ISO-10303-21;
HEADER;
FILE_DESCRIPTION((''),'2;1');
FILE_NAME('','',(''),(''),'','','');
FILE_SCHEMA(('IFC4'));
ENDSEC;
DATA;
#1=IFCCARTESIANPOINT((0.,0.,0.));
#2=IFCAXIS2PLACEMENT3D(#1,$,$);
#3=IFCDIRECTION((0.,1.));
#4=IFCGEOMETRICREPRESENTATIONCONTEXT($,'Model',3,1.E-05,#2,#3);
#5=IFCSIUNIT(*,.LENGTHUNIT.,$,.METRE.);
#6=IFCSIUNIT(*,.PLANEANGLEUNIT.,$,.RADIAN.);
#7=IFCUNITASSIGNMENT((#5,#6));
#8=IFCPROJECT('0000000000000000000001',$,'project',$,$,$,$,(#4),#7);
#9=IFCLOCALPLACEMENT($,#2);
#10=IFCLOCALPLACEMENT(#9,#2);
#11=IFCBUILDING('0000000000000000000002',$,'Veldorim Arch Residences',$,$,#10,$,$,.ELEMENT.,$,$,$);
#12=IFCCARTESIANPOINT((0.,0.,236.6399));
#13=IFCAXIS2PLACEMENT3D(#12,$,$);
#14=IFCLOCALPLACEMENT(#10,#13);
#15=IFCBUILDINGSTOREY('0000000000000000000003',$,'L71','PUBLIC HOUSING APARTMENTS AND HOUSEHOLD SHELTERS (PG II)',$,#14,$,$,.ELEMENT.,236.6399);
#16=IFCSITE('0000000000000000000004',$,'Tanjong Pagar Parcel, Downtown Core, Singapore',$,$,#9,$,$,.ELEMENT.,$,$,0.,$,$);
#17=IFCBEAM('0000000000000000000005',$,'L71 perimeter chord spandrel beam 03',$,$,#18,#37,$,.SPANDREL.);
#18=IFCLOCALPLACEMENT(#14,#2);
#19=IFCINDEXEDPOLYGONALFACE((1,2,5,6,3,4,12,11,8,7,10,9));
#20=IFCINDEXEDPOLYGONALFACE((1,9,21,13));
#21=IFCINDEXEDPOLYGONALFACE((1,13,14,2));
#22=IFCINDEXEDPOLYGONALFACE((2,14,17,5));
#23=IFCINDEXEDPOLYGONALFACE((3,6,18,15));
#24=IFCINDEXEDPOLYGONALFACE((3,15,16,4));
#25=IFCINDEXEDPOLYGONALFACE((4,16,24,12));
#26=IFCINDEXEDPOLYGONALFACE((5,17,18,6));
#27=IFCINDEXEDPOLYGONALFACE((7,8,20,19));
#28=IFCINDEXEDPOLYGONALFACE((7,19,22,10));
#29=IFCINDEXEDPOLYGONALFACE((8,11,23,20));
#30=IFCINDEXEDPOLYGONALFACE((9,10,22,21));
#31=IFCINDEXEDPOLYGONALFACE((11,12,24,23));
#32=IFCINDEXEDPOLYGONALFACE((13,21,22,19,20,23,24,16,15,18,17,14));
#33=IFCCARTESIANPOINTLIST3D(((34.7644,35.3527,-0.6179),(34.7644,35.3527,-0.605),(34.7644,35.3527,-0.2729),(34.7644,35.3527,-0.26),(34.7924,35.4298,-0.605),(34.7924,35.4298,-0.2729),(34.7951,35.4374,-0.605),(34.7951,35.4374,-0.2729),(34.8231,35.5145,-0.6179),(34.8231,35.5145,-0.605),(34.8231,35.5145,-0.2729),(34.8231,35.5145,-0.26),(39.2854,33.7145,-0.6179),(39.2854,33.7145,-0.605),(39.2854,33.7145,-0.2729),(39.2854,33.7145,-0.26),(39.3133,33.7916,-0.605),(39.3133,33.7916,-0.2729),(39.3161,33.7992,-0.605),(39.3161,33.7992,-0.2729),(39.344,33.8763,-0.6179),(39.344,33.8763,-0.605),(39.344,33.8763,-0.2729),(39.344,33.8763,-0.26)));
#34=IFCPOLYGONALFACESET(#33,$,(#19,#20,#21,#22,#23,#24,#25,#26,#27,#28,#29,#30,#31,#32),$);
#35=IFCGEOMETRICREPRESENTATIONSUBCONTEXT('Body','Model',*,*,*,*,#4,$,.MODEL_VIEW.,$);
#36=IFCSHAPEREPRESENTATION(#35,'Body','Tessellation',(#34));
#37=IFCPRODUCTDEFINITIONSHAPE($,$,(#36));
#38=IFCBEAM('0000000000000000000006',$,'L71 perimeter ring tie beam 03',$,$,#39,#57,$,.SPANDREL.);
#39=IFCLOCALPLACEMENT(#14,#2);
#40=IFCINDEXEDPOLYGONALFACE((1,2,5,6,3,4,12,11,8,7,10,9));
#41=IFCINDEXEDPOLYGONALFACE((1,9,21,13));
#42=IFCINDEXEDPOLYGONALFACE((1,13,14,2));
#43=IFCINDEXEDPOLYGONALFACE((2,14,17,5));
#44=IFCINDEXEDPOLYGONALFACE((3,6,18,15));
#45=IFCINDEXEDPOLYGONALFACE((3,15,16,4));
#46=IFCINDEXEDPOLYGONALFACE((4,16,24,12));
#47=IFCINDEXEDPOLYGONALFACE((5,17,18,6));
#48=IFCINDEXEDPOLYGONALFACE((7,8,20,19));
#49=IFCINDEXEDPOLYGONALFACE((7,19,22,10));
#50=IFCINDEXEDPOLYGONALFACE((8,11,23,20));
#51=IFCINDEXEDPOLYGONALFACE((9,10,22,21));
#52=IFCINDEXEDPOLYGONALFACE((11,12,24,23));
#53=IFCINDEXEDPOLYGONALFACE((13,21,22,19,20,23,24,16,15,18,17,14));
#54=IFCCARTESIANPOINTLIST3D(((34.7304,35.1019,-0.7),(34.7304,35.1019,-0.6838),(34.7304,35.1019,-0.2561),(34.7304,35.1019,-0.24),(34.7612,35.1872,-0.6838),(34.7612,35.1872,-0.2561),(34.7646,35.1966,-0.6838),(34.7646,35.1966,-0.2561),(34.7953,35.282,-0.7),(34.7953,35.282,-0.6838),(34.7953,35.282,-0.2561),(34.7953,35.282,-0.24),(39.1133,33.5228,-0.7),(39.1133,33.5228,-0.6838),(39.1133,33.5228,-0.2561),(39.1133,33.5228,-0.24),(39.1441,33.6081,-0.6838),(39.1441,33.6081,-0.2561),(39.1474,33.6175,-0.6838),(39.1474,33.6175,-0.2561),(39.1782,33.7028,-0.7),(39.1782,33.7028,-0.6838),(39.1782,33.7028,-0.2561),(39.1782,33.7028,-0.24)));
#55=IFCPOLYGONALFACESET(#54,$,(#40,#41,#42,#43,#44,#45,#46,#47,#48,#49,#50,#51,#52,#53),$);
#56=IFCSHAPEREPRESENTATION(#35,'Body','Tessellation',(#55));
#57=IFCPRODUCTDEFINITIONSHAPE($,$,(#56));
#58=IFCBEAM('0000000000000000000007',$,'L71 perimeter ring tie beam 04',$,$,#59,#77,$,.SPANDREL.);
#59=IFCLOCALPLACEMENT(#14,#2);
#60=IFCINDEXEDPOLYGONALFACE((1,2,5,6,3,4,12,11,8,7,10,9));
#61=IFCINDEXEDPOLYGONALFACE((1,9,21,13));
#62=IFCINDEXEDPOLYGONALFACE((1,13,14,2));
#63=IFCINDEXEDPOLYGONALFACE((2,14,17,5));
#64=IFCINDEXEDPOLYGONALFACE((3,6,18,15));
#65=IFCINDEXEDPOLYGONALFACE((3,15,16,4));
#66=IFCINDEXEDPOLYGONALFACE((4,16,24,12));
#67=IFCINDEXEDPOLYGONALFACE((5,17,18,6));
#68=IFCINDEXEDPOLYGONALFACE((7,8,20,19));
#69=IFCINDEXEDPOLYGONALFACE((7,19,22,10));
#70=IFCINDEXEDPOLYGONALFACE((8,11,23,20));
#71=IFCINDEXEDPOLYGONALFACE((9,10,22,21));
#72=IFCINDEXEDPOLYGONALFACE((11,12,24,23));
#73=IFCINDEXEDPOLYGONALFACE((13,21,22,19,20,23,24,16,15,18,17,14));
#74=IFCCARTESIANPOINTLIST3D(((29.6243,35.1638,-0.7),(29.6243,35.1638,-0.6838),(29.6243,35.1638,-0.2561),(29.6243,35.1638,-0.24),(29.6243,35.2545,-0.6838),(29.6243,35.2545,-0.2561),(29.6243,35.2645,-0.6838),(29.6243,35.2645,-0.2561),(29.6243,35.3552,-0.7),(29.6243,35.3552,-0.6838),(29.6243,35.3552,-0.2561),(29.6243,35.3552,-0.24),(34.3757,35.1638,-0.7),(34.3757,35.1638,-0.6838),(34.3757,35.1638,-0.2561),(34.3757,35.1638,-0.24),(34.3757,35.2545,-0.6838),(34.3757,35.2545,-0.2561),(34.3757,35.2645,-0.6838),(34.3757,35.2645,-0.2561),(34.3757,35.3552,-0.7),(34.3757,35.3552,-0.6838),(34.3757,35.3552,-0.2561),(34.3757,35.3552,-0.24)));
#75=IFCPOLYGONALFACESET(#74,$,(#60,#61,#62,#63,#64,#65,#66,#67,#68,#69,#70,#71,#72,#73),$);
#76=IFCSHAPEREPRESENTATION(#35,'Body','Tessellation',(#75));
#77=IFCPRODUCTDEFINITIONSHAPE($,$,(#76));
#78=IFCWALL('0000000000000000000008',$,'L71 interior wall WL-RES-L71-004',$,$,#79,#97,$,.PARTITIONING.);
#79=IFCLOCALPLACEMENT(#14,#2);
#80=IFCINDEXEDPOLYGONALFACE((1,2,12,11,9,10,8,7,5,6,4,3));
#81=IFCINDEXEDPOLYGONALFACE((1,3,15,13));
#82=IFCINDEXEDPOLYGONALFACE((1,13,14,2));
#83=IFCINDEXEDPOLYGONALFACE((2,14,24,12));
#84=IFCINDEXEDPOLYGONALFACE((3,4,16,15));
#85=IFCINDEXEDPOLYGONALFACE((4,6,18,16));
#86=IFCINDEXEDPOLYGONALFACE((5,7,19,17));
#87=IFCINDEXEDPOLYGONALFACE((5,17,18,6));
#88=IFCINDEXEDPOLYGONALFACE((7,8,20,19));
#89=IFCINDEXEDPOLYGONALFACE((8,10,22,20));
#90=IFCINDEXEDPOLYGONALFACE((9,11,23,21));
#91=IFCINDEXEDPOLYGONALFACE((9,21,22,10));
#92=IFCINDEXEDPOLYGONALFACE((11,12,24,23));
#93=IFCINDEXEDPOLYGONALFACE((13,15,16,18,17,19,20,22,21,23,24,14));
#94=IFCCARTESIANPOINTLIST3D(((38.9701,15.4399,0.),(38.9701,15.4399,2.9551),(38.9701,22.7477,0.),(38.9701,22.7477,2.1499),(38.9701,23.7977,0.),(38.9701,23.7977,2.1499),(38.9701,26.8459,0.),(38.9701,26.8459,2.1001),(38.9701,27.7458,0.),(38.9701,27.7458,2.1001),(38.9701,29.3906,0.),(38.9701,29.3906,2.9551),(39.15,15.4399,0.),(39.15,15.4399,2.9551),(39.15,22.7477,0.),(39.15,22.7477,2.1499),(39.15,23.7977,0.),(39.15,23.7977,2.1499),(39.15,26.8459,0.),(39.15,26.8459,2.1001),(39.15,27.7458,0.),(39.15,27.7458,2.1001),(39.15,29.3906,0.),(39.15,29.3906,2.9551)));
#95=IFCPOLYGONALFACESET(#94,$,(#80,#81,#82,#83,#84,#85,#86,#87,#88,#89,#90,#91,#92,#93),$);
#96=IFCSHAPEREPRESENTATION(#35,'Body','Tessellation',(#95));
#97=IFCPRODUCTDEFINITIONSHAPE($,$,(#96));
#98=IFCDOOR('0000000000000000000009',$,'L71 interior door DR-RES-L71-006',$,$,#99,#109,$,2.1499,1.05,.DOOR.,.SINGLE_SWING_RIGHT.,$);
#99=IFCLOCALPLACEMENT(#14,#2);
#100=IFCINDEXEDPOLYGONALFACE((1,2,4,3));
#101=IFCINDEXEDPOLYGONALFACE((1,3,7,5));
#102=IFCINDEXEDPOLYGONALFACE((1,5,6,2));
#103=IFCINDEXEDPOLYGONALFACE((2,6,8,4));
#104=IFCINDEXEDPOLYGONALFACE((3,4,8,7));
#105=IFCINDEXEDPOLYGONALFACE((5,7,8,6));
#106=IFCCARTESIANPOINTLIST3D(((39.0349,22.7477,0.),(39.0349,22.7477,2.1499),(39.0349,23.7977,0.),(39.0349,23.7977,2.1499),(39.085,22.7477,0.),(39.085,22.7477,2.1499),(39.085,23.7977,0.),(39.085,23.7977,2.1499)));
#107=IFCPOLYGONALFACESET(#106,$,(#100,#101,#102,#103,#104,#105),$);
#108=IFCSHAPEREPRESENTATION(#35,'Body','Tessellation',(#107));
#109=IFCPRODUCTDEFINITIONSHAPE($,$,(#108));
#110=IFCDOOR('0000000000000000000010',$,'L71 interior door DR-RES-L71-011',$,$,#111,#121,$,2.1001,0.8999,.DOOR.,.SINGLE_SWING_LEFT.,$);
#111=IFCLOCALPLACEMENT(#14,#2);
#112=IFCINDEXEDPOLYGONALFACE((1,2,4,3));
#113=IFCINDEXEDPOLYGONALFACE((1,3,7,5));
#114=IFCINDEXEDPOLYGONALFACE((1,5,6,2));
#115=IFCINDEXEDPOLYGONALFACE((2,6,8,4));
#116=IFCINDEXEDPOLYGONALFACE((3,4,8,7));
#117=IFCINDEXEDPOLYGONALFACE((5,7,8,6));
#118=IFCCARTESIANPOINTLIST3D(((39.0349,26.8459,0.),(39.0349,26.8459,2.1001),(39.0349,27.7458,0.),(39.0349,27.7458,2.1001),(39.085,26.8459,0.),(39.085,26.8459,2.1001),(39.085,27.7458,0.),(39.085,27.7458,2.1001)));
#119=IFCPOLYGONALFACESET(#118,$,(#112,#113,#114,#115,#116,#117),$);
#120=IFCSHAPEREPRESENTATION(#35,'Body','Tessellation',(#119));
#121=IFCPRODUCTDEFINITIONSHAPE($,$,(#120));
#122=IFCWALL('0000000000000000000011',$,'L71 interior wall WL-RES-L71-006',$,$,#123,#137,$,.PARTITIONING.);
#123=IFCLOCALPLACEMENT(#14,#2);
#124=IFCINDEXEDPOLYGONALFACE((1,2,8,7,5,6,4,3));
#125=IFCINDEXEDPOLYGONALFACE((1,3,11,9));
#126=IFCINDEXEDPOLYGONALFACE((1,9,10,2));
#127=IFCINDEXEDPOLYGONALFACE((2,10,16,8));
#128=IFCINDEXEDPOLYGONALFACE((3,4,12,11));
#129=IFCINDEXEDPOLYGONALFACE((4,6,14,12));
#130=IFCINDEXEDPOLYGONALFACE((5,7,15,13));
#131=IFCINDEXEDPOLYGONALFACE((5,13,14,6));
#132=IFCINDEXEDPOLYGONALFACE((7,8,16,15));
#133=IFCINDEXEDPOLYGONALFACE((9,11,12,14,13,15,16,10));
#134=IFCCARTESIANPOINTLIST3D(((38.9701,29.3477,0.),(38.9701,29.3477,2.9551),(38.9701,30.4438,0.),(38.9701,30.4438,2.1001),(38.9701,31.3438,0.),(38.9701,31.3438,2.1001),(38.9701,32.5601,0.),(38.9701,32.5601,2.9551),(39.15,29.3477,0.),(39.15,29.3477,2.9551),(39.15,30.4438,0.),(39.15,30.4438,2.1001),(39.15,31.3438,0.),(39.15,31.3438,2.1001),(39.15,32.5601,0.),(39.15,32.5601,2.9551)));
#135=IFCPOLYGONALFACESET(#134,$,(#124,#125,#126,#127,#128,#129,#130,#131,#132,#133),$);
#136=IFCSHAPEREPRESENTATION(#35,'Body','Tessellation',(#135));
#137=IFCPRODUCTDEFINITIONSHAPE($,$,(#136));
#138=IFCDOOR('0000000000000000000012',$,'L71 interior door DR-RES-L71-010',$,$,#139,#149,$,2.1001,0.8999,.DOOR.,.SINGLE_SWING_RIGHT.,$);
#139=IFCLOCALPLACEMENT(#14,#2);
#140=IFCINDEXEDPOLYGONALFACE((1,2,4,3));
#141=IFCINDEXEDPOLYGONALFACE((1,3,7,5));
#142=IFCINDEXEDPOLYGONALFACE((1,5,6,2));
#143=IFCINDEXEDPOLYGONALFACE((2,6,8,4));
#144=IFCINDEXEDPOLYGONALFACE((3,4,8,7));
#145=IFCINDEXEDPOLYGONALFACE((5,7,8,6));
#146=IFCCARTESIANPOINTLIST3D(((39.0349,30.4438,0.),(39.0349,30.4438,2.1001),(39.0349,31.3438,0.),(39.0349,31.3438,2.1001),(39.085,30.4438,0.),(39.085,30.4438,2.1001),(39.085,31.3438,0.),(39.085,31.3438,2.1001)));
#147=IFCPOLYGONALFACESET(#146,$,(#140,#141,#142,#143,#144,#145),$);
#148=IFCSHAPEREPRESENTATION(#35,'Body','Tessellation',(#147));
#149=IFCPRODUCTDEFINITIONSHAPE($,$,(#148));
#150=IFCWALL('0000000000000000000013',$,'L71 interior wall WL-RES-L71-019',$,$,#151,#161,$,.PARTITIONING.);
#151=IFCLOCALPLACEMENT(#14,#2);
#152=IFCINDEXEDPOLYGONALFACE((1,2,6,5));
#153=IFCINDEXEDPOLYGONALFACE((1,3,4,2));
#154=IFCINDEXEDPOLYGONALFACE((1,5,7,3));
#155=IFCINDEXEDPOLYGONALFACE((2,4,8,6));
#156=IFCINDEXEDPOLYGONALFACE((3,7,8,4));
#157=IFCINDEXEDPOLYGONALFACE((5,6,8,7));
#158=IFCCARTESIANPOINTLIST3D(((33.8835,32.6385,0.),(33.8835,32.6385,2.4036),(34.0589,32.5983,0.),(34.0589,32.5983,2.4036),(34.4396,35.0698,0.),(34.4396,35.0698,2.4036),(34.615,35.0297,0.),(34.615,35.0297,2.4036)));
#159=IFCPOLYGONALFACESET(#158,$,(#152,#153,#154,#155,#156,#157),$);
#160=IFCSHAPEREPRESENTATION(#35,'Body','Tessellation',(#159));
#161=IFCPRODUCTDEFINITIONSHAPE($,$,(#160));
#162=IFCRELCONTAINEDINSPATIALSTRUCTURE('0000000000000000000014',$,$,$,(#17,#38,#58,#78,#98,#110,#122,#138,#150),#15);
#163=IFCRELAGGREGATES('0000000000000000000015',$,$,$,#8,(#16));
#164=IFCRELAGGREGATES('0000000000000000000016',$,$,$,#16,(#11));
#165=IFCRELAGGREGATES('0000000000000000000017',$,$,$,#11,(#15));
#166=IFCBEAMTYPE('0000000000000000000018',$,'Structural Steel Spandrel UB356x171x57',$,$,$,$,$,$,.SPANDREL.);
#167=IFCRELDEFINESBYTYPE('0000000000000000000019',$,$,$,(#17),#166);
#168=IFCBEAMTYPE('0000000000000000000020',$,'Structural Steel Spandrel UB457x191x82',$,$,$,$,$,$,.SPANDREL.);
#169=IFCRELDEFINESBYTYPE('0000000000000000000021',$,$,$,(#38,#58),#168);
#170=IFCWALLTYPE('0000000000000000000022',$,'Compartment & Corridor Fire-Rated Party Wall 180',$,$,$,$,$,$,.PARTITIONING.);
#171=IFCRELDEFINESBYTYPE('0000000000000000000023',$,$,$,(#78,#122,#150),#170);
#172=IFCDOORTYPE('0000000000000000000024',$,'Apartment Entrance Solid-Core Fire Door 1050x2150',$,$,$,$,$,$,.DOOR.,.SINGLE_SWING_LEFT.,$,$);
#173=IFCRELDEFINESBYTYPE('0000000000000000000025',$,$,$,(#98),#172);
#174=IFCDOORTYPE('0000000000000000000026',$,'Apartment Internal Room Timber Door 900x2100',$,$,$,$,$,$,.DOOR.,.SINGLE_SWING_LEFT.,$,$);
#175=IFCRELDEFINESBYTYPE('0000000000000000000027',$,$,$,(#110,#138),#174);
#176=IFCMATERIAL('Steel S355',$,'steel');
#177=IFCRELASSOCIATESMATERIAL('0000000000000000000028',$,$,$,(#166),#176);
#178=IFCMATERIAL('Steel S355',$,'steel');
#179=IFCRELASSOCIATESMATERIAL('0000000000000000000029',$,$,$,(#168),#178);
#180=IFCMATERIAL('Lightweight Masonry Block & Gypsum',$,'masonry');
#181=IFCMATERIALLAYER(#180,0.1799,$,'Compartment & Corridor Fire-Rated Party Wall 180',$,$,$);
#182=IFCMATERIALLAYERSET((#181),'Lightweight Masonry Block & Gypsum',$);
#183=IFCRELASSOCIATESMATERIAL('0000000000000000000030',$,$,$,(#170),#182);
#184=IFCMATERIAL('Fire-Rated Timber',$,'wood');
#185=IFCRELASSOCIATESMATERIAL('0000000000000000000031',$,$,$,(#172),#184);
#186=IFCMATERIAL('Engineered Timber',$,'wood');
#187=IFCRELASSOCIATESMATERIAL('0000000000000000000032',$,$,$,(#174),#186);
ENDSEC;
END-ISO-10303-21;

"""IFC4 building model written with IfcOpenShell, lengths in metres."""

from ifc_helpers import new_model, si_unit, direction, frame, frame_2d, origin, origin_2d, place, context, subcontext, project, spatial, rectangle, i_section, extrude, material, layer, layer_set, material_profile, profile_set, type_object, element, fill, save


model = new_model("IFC4")

# Units and contexts
model_context = context("Model", 3, precision=1e-05, world=origin(), true_north=direction((0.0, 1.0)))
body_context = subcontext(model_context, "Body", "Model", "MODEL_VIEW")
ifc_project = project(units=[si_unit("LENGTHUNIT", "METRE"), si_unit("PLANEANGLEUNIT", "RADIAN")], contexts=[model_context])

# Site, building, storey
site_placement = place(None, origin())
site = spatial("IfcSite", under=ifc_project, at=site_placement, Name="Tanjong Pagar Parcel, Downtown Core, Singapore", CompositionType="ELEMENT", RefElevation=0.0)
building_placement = place(site_placement, origin())
building = spatial("IfcBuilding", under=site, at=building_placement, Name="Veldorim Arch Residences", CompositionType="ELEMENT")
storey_placement = place(building_placement, frame((0.0, 0.0, 236.6399)))
storey = spatial("IfcBuildingStorey", under=building, at=storey_placement, Name="L71", Description="PUBLIC HOUSING APARTMENTS AND HOUSEHOLD SHELTERS (PG II)", CompositionType="ELEMENT", Elevation=236.6399)

# Beams
ifc_material_1 = material(Name="Steel S355", Category="steel")
ifc_material_profile_1 = material_profile(ifc_material_1, i_section(OverallWidth=0.1721, OverallDepth=0.3579, WebThickness=0.0081, FlangeThickness=0.0129, at=origin_2d()), Name="UB356x171x57")
ifc_profile_set_1 = profile_set([ifc_material_profile_1], Name="Steel S355")
beam_type_1 = type_object("IfcBeamType", Name="Structural Steel Spandrel UB356x171x57", PredefinedType="SPANDREL", material=ifc_profile_set_1)
beam_1_placement = place(storey_placement, frame((39.3147, 33.7954, -0.439), z_axis=(-0.940181, 0.340675, 0.0), x_axis=(-0.340675, -0.940181, 0.0)))
element("IfcBeam", 1, at=beam_1_placement, inside=storey, type_object=beam_type_1, Name="L71 perimeter chord spandrel beam 03", PredefinedType="SPANDREL", context=body_context, shape_type="SweptSolid", body=[
    extrude(i_section(OverallWidth=0.1721, OverallDepth=0.3579, WebThickness=0.0081, FlangeThickness=0.0129, at=origin_2d()), origin(), (0.0, 0.0, 1.0), 4.8086),
])
ifc_material_2 = material(Name="Steel S355", Category="steel")
ifc_material_profile_2 = material_profile(ifc_material_2, i_section(OverallWidth=0.1914, OverallDepth=0.46, WebThickness=0.01, FlangeThickness=0.0161, at=origin_2d()), Name="UB457x191x82")
ifc_profile_set_2 = profile_set([ifc_material_profile_2], Name="Steel S355")
beam_type_2 = type_object("IfcBeamType", Name="Structural Steel Spandrel UB457x191x82", PredefinedType="SPANDREL", material=ifc_profile_set_2)
beam_2_placement = place(storey_placement, frame((39.1458, 33.6128, -0.47), z_axis=(-0.940799, 0.338964, 0.0), x_axis=(-0.338964, -0.940799, 0.0)))
element("IfcBeam", 2, at=beam_2_placement, inside=storey, type_object=beam_type_2, Name="L71 perimeter ring tie beam 03", PredefinedType="SPANDREL", context=body_context, shape_type="SweptSolid", body=[
    extrude(i_section(OverallWidth=0.1914, OverallDepth=0.46, WebThickness=0.01, FlangeThickness=0.0161, at=origin_2d()), origin(), (0.0, 0.0, 1.0), 4.6587),
])
beam_3_placement = place(storey_placement, frame((34.3757, 35.2595, -0.47), z_axis=(-1.0, 0.0, 0.0), x_axis=(0.0, -1.0, 0.0)))
element("IfcBeam", 3, at=beam_3_placement, inside=storey, type_object=beam_type_2, Name="L71 perimeter ring tie beam 04", PredefinedType="SPANDREL", context=body_context, shape_type="SweptSolid", body=[
    extrude(i_section(OverallWidth=0.1914, OverallDepth=0.46, WebThickness=0.01, FlangeThickness=0.0161, at=origin_2d()), origin(), (0.0, 0.0, 1.0), 4.7515),
])

# Wall, openings, doors
ifc_material_3 = material(Name="Lightweight Masonry Block & Gypsum", Category="masonry")
ifc_layer_1 = layer(ifc_material_3, 0.1799, Name="Compartment & Corridor Fire-Rated Party Wall 180")
ifc_layer_set_1 = layer_set([ifc_layer_1], Name="Lightweight Masonry Block & Gypsum")
wall_type_1 = type_object("IfcWallType", Name="Compartment & Corridor Fire-Rated Party Wall 180", PredefinedType="PARTITIONING", material=ifc_layer_set_1)
wall_1_placement = place(storey_placement, frame((39.0601, 29.3906, 0.0), z_axis=(0.0, 0.0, 1.0), x_axis=(0.0, -1.0, 0.0)))
wall_1 = element("IfcWall", 4, at=wall_1_placement, inside=storey, type_object=wall_type_1, Name="L71 interior wall WL-RES-L71-004", PredefinedType="PARTITIONING", context=body_context, shape_type="SweptSolid", body=[
    extrude(rectangle(XDim=13.9507, YDim=0.1799, at=frame_2d((6.9753, 0.0))), origin(), (0.0, 0.0, 1.0), 2.9551),
])
opening_1_placement = place(wall_1_placement, frame((5.593, 0.0, 0.0)))
opening_1 = element("IfcOpeningElement", 5, at=opening_1_placement, cuts=wall_1, PredefinedType="OPENING", context=body_context, shape_type="SweptSolid", body=[
    extrude(rectangle(XDim=1.05, YDim=2.1499, at=frame_2d((0.5249, 1.075))), frame((0.0, 0.0999, 0.0), z_axis=(0.0, -1.0, 0.0), x_axis=(1.0, 0.0, 0.0)), (0.0, 0.0, 1.0), 0.2),
])
opening_2_placement = place(wall_1_placement, frame((1.6448, 0.0, 0.0)))
opening_2 = element("IfcOpeningElement", 6, at=opening_2_placement, cuts=wall_1, PredefinedType="OPENING", context=body_context, shape_type="SweptSolid", body=[
    extrude(rectangle(XDim=0.8999, YDim=2.1001, at=frame_2d((0.45, 1.05))), frame((0.0, 0.0999, 0.0), z_axis=(0.0, -1.0, 0.0), x_axis=(1.0, 0.0, 0.0)), (0.0, 0.0, 1.0), 0.2),
])
ifc_material_4 = material(Name="Fire-Rated Timber", Category="wood")
door_type_1 = type_object("IfcDoorType", Name="Apartment Entrance Solid-Core Fire Door 1050x2150", OperationType="SINGLE_SWING_LEFT", PredefinedType="DOOR", material=ifc_material_4)
door_1_placement = place(opening_1_placement, origin())
door_1 = element("IfcDoor", 7, at=door_1_placement, inside=storey, type_object=door_type_1, Name="L71 interior door DR-RES-L71-006", OperationType="SINGLE_SWING_RIGHT", OverallHeight=2.1499, OverallWidth=1.05, PredefinedType="DOOR", context=body_context, shape_type="SweptSolid", body=[
    extrude(rectangle(XDim=1.05, YDim=2.1499, at=frame_2d((0.5249, 1.075))), frame((0.0, 0.0249, 0.0), z_axis=(0.0, -1.0, 0.0), x_axis=(1.0, 0.0, 0.0)), (0.0, 0.0, 1.0), 0.05),
])
fill(opening_1, door_1)
ifc_material_5 = material(Name="Engineered Timber", Category="wood")
door_type_2 = type_object("IfcDoorType", Name="Apartment Internal Room Timber Door 900x2100", OperationType="SINGLE_SWING_LEFT", PredefinedType="DOOR", material=ifc_material_5)
door_2_placement = place(opening_2_placement, origin())
door_2 = element("IfcDoor", 8, at=door_2_placement, inside=storey, type_object=door_type_2, Name="L71 interior door DR-RES-L71-011", OperationType="SINGLE_SWING_LEFT", OverallHeight=2.1001, OverallWidth=0.8999, PredefinedType="DOOR", context=body_context, shape_type="SweptSolid", body=[
    extrude(rectangle(XDim=0.8999, YDim=2.1001, at=frame_2d((0.45, 1.05))), frame((0.0, 0.0249, 0.0), z_axis=(0.0, -1.0, 0.0), x_axis=(1.0, 0.0, 0.0)), (0.0, 0.0, 1.0), 0.05),
])
fill(opening_2, door_2)

# Wall, opening, door
wall_2_placement = place(storey_placement, frame((39.0601, 32.5601, 0.0), z_axis=(0.0, 0.0, 1.0), x_axis=(0.0, -1.0, 0.0)))
wall_2 = element("IfcWall", 9, at=wall_2_placement, inside=storey, type_object=wall_type_1, Name="L71 interior wall WL-RES-L71-006", PredefinedType="PARTITIONING", context=body_context, shape_type="SweptSolid", body=[
    extrude(rectangle(XDim=3.2124, YDim=0.1799, at=frame_2d((1.6062, 0.0))), origin(), (0.0, 0.0, 1.0), 2.9551),
])
opening_3_placement = place(wall_2_placement, frame((1.2163, 0.0, 0.0)))
opening_3 = element("IfcOpeningElement", 10, at=opening_3_placement, cuts=wall_2, PredefinedType="OPENING", context=body_context, shape_type="SweptSolid", body=[
    extrude(rectangle(XDim=0.8999, YDim=2.1001, at=frame_2d((0.45, 1.05))), frame((0.0, 0.0999, 0.0), z_axis=(0.0, -1.0, 0.0), x_axis=(1.0, 0.0, 0.0)), (0.0, 0.0, 1.0), 0.2),
])
door_3_placement = place(opening_3_placement, origin())
door_3 = element("IfcDoor", 11, at=door_3_placement, inside=storey, type_object=door_type_2, Name="L71 interior door DR-RES-L71-010", OperationType="SINGLE_SWING_RIGHT", OverallHeight=2.1001, OverallWidth=0.8999, PredefinedType="DOOR", context=body_context, shape_type="SweptSolid", body=[
    extrude(rectangle(XDim=0.8999, YDim=2.1001, at=frame_2d((0.45, 1.05))), frame((0.0, 0.0249, 0.0), z_axis=(0.0, -1.0, 0.0), x_axis=(1.0, 0.0, 0.0)), (0.0, 0.0, 1.0), 0.05),
])
fill(opening_3, door_3)

# Wall
wall_3_placement = place(storey_placement, frame((33.9712, 32.6184, 0.0), z_axis=(0.0, 0.0, 1.0), x_axis=(0.222979, 0.974823, 0.0)))
element("IfcWall", 12, at=wall_3_placement, inside=storey, type_object=wall_type_1, Name="L71 interior wall WL-RES-L71-019", PredefinedType="PARTITIONING", context=body_context, shape_type="SweptSolid", body=[
    extrude(rectangle(XDim=2.4941, YDim=0.1799, at=frame_2d((1.2471, 0.0))), origin(), (0.0, 0.0, 1.0), 2.4036),
])

save(model, "model.ifc")
